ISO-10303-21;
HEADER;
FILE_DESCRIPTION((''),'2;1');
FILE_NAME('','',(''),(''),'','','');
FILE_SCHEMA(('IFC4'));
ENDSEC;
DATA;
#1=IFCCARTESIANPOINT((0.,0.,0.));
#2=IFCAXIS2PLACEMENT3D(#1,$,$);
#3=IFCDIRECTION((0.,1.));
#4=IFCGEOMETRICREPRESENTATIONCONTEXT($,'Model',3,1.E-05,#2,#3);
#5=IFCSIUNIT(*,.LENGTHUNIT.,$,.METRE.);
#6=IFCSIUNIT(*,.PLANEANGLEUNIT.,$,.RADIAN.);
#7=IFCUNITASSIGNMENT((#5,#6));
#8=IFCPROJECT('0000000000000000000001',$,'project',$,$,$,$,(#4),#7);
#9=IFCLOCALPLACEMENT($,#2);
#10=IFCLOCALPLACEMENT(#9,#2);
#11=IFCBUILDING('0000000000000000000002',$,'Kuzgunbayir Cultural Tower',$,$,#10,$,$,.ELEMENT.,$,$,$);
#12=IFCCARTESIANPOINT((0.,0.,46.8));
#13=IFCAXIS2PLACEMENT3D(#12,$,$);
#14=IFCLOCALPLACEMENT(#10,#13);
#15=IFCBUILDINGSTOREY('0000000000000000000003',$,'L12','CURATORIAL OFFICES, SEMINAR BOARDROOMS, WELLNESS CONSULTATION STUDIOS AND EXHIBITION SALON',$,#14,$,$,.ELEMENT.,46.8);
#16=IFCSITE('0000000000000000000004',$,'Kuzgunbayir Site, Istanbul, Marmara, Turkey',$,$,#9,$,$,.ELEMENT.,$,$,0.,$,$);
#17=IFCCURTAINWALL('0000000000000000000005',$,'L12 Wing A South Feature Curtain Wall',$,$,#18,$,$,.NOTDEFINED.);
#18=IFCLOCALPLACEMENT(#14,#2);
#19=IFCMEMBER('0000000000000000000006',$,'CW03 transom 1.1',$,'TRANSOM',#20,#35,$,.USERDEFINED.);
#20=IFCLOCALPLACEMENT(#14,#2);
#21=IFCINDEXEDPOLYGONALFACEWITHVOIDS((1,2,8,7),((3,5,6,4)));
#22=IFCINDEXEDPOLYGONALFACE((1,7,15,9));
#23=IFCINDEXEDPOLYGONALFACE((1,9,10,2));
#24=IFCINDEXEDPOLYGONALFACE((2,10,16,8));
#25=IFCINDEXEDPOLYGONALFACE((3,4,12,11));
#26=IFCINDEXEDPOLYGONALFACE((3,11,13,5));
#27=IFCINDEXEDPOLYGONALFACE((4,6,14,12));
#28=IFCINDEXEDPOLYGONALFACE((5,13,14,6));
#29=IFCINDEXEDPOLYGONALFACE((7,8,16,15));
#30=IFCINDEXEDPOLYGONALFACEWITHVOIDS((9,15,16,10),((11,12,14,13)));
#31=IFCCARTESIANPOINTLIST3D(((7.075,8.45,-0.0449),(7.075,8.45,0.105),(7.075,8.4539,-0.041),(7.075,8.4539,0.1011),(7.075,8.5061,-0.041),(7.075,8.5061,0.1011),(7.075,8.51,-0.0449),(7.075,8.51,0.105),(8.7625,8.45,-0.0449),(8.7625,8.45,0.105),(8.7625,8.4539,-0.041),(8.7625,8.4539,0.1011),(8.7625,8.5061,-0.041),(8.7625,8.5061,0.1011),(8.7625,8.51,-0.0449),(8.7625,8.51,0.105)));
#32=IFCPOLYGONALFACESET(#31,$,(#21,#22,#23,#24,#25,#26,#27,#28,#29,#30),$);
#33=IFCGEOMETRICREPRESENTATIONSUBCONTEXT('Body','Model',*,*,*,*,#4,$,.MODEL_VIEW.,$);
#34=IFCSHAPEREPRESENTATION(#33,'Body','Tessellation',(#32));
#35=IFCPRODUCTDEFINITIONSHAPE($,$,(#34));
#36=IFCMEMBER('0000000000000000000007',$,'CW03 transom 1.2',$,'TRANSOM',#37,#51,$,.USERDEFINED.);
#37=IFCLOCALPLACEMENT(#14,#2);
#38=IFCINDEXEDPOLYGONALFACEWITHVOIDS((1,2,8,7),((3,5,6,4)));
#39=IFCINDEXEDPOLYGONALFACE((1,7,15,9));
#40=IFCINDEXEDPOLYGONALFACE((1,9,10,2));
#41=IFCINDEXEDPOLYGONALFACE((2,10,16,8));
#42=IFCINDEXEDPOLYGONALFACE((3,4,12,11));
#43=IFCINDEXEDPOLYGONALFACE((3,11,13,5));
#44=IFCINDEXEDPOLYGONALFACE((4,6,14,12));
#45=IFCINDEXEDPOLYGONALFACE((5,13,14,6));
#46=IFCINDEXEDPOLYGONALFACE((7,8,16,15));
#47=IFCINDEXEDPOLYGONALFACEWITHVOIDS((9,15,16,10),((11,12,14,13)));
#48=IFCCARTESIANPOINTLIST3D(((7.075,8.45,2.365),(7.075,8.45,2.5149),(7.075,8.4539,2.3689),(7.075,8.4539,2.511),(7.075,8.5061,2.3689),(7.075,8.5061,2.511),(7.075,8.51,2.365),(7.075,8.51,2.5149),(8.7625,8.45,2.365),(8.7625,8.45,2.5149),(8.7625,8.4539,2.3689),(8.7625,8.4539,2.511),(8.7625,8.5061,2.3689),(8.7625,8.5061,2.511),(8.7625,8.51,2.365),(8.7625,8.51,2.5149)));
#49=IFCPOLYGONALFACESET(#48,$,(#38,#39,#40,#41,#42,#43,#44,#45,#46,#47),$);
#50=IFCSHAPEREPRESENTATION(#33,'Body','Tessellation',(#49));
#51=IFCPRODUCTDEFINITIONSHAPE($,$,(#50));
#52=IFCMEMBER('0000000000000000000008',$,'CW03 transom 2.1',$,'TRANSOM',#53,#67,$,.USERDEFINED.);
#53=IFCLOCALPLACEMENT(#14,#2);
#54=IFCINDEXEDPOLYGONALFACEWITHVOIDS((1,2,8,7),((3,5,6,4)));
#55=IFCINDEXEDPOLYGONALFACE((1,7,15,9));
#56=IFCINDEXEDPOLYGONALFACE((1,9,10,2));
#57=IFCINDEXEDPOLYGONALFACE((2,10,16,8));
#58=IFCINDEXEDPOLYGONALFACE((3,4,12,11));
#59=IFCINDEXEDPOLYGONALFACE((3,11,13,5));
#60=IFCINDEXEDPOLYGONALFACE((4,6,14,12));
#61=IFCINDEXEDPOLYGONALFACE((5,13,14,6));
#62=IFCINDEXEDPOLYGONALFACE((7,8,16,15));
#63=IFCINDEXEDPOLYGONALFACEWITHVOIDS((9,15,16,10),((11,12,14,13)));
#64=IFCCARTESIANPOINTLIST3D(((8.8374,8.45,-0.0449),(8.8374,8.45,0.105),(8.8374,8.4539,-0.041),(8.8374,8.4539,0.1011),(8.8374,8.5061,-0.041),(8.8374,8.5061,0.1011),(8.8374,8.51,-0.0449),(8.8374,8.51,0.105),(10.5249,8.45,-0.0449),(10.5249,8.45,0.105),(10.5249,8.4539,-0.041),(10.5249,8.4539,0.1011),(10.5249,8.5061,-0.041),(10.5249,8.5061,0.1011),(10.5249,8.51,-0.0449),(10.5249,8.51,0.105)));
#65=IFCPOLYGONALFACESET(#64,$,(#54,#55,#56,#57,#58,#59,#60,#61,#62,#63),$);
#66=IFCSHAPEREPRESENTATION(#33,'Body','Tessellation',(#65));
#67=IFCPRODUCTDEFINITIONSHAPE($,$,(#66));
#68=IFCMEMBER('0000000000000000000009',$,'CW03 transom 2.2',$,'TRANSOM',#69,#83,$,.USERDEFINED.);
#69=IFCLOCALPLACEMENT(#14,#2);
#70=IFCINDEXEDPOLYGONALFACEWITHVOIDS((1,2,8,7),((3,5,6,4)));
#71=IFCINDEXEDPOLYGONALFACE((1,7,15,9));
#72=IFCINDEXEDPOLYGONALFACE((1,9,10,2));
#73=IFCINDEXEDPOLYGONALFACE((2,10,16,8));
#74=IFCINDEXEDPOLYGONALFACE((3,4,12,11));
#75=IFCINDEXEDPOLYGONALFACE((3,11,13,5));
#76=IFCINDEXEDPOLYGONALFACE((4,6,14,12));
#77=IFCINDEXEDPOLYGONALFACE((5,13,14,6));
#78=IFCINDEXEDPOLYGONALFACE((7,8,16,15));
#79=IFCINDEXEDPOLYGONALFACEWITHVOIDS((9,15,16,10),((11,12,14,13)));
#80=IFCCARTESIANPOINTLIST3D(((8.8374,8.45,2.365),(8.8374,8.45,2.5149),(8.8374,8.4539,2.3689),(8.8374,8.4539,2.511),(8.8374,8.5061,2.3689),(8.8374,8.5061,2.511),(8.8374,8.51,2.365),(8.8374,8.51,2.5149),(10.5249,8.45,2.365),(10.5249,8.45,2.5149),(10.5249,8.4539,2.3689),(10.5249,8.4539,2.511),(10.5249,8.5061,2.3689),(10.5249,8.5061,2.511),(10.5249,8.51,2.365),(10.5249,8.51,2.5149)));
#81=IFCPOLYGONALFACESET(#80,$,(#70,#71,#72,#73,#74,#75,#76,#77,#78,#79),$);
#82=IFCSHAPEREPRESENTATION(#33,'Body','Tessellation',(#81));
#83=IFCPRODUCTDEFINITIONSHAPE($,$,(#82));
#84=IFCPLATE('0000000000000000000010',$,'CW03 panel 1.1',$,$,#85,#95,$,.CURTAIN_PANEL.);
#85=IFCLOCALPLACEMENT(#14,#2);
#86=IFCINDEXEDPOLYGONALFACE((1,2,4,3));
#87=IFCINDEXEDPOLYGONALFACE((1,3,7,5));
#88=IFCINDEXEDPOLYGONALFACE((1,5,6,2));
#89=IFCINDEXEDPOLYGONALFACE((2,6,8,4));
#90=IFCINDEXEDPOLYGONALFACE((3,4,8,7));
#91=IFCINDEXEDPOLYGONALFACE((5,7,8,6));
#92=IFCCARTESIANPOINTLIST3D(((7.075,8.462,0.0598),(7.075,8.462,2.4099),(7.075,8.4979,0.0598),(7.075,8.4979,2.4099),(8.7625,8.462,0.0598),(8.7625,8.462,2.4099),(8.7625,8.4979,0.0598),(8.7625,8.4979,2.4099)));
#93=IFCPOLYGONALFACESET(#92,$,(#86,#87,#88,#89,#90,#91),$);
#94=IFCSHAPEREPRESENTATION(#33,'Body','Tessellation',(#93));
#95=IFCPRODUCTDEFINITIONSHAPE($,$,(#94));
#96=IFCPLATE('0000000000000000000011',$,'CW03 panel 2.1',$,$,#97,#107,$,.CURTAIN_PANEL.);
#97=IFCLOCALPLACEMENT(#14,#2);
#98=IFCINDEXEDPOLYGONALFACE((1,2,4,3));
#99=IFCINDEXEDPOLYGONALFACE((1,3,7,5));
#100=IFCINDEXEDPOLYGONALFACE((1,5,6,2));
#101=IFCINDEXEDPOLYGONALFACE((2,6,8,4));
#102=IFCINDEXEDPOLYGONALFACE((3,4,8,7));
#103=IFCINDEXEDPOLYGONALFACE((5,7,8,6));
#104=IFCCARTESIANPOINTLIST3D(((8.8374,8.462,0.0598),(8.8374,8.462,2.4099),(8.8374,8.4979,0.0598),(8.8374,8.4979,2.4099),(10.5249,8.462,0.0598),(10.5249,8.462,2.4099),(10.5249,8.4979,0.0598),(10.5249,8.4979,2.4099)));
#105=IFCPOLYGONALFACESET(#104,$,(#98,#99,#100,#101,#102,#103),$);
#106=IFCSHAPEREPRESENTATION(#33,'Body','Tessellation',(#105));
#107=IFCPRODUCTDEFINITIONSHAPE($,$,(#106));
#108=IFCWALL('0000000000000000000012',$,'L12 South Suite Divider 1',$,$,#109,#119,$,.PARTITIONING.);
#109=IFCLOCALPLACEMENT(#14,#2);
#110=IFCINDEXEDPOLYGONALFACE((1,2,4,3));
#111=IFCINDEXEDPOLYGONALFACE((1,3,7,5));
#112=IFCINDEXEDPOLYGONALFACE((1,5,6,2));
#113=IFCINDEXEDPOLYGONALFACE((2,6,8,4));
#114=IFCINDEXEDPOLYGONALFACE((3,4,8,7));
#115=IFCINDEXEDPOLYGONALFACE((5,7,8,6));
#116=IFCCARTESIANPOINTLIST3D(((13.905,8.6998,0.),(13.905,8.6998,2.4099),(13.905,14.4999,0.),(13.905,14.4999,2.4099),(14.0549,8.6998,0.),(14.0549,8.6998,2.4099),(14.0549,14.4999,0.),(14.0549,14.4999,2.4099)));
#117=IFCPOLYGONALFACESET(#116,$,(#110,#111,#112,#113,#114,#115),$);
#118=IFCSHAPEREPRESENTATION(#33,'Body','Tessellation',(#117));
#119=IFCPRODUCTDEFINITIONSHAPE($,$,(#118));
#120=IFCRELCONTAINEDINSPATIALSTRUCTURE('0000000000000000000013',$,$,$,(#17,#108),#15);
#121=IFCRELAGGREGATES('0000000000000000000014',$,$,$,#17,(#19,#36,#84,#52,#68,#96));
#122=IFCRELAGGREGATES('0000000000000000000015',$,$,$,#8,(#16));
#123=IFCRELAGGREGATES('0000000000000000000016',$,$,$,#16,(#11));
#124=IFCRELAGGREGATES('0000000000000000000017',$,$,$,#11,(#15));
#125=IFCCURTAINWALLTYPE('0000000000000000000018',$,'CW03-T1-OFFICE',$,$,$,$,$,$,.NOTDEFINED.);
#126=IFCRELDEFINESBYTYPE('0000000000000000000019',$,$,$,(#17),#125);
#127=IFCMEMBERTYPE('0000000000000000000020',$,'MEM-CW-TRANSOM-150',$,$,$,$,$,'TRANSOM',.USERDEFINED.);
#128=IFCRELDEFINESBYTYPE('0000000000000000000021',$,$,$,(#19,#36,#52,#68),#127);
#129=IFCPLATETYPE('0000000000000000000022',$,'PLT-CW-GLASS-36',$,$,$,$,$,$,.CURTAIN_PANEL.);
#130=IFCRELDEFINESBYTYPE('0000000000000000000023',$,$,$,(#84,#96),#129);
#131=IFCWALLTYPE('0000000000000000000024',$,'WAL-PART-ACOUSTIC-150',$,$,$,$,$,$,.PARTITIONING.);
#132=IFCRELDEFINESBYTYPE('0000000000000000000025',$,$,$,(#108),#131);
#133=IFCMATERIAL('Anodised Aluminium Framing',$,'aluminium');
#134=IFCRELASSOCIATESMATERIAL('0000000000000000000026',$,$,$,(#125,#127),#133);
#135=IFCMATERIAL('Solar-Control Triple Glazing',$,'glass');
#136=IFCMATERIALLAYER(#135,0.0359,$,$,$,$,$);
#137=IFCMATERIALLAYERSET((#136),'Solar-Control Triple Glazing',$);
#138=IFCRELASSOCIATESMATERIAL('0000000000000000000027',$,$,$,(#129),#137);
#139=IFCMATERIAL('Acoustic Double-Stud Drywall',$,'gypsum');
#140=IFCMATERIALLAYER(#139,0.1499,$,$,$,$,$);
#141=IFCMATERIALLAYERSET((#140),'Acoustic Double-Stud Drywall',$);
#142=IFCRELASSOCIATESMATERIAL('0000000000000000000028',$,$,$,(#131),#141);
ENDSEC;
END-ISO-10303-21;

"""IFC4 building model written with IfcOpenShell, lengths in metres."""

from ifc_helpers import new_model, si_unit, direction, frame, frame_2d, origin, origin_2d, place, context, subcontext, project, spatial, rectangle, hollow_rectangle, extrude, material, layer, layer_set, material_profile, profile_set, type_object, element, aggregate, save


model = new_model("IFC4")

# Units and contexts
model_context = context("Model", 3, precision=1e-05, world=origin(), true_north=direction((0.0, 1.0)))
body_context = subcontext(model_context, "Body", "Model", "MODEL_VIEW")
ifc_project = project(units=[si_unit("LENGTHUNIT", "METRE"), si_unit("PLANEANGLEUNIT", "RADIAN")], contexts=[model_context])

# Site, building, storey
site_placement = place(None, origin())
site = spatial("IfcSite", under=ifc_project, at=site_placement, Name="Kuzgunbayir Site, Istanbul, Marmara, Turkey", CompositionType="ELEMENT", RefElevation=0.0)
building_placement = place(site_placement, origin())
building = spatial("IfcBuilding", under=site, at=building_placement, Name="Kuzgunbayir Cultural Tower", CompositionType="ELEMENT")
storey_placement = place(building_placement, frame((0.0, 0.0, 46.8)))
storey = spatial("IfcBuildingStorey", under=building, at=storey_placement, Name="L12", Description="CURATORIAL OFFICES, SEMINAR BOARDROOMS, WELLNESS CONSULTATION STUDIOS AND EXHIBITION SALON", CompositionType="ELEMENT", Elevation=46.8)

# Curtain wall, members, plates
ifc_material_1 = material(Name="Anodised Aluminium Framing", Category="aluminium")
curtain_wall_type = type_object("IfcCurtainWallType", Name="CW03-T1-OFFICE", PredefinedType="NOTDEFINED", material=ifc_material_1)
curtain_wall_placement = place(storey_placement, origin())
curtain_wall = element("IfcCurtainWall", 1, at=curtain_wall_placement, inside=storey, type_object=curtain_wall_type, Name="L12 Wing A South Feature Curtain Wall", PredefinedType="NOTDEFINED")
ifc_material_profile_1 = material_profile(ifc_material_1, hollow_rectangle(XDim=0.0601, YDim=0.1499, WallThickness=0.0039, at=origin_2d()), Name="RHS 150x60x4")
ifc_profile_set_1 = profile_set([ifc_material_profile_1], Name="Anodised Aluminium Framing")
member_type_1 = type_object("IfcMemberType", Name="MEM-CW-TRANSOM-150", ElementType="TRANSOM", PredefinedType="USERDEFINED", material=ifc_profile_set_1)
member_1_placement = place(storey_placement, frame((7.075, 8.48, 0.03), z_axis=(1.0, 0.0, 0.0), x_axis=(0.0, 1.0, 0.0)))
member_1 = element("IfcMember", 2, at=member_1_placement, type_object=member_type_1, Name="CW03 transom 1.1", ObjectType="TRANSOM", PredefinedType="USERDEFINED", context=body_context, shape_type="SweptSolid", body=[
    extrude(hollow_rectangle(XDim=0.0601, YDim=0.1499, WallThickness=0.0039, at=origin_2d()), origin(), (0.0, 0.0, 1.0), 1.6875),
])
member_2_placement = place(storey_placement, frame((7.075, 8.48, 2.4399), z_axis=(1.0, 0.0, 0.0), x_axis=(0.0, 1.0, 0.0)))
member_2 = element("IfcMember", 3, at=member_2_placement, type_object=member_type_1, Name="CW03 transom 1.2", ObjectType="TRANSOM", PredefinedType="USERDEFINED", context=body_context, shape_type="SweptSolid", body=[
    extrude(hollow_rectangle(XDim=0.0601, YDim=0.1499, WallThickness=0.0039, at=origin_2d()), origin(), (0.0, 0.0, 1.0), 1.6875),
])
member_3_placement = place(storey_placement, frame((8.8374, 8.48, 0.03), z_axis=(1.0, 0.0, 0.0), x_axis=(0.0, 1.0, 0.0)))
member_3 = element("IfcMember", 4, at=member_3_placement, type_object=member_type_1, Name="CW03 transom 2.1", ObjectType="TRANSOM", PredefinedType="USERDEFINED", context=body_context, shape_type="SweptSolid", body=[
    extrude(hollow_rectangle(XDim=0.0601, YDim=0.1499, WallThickness=0.0039, at=origin_2d()), origin(), (0.0, 0.0, 1.0), 1.6875),
])
member_4_placement = place(storey_placement, frame((8.8374, 8.48, 2.4399), z_axis=(1.0, 0.0, 0.0), x_axis=(0.0, 1.0, 0.0)))
member_4 = element("IfcMember", 5, at=member_4_placement, type_object=member_type_1, Name="CW03 transom 2.2", ObjectType="TRANSOM", PredefinedType="USERDEFINED", context=body_context, shape_type="SweptSolid", body=[
    extrude(hollow_rectangle(XDim=0.0601, YDim=0.1499, WallThickness=0.0039, at=origin_2d()), origin(), (0.0, 0.0, 1.0), 1.6875),
])
ifc_material_2 = material(Name="Solar-Control Triple Glazing", Category="glass")
ifc_layer_1 = layer(ifc_material_2, 0.0359)
ifc_layer_set_1 = layer_set([ifc_layer_1], Name="Solar-Control Triple Glazing")
plate_type = type_object("IfcPlateType", Name="PLT-CW-GLASS-36", PredefinedType="CURTAIN_PANEL", material=ifc_layer_set_1)
plate_1_placement = place(storey_placement, frame((7.9187, 8.48, 0.0598), z_axis=(0.0, 0.0, 1.0), x_axis=(1.0, 0.0, 0.0)))
plate_1 = element("IfcPlate", 6, at=plate_1_placement, type_object=plate_type, Name="CW03 panel 1.1", PredefinedType="CURTAIN_PANEL", context=body_context, shape_type="SweptSolid", body=[
    extrude(rectangle(XDim=1.6875, YDim=0.0359, at=origin_2d()), origin(), (0.0, 0.0, 1.0), 2.3501),
])
plate_2_placement = place(storey_placement, frame((9.6812, 8.48, 0.0598), z_axis=(0.0, 0.0, 1.0), x_axis=(1.0, 0.0, 0.0)))
plate_2 = element("IfcPlate", 7, at=plate_2_placement, type_object=plate_type, Name="CW03 panel 2.1", PredefinedType="CURTAIN_PANEL", context=body_context, shape_type="SweptSolid", body=[
    extrude(rectangle(XDim=1.6875, YDim=0.0359, at=origin_2d()), origin(), (0.0, 0.0, 1.0), 2.3501),
])
aggregate(curtain_wall, [member_1, member_2, plate_1, member_3, member_4, plate_2])

# Wall
ifc_material_3 = material(Name="Acoustic Double-Stud Drywall", Category="gypsum")
ifc_layer_2 = layer(ifc_material_3, 0.1499)
ifc_layer_set_2 = layer_set([ifc_layer_2], Name="Acoustic Double-Stud Drywall")
wall_type_1 = type_object("IfcWallType", Name="WAL-PART-ACOUSTIC-150", PredefinedType="PARTITIONING", material=ifc_layer_set_2)
wall_1_placement = place(storey_placement, frame((13.98, 8.7, 0.0), z_axis=(0.0, 0.0, 1.0), x_axis=(0.0, 1.0, 0.0)))
element("IfcWall", 8, at=wall_1_placement, inside=storey, type_object=wall_type_1, Name="L12 South Suite Divider 1", PredefinedType="PARTITIONING", context=body_context, shape_type="SweptSolid", body=[
    extrude(rectangle(XDim=5.8, YDim=0.1499, at=frame_2d((2.8999, 0.0))), origin(), (0.0, 0.0, 1.0), 2.4099),
])

save(model, "model.ifc")
